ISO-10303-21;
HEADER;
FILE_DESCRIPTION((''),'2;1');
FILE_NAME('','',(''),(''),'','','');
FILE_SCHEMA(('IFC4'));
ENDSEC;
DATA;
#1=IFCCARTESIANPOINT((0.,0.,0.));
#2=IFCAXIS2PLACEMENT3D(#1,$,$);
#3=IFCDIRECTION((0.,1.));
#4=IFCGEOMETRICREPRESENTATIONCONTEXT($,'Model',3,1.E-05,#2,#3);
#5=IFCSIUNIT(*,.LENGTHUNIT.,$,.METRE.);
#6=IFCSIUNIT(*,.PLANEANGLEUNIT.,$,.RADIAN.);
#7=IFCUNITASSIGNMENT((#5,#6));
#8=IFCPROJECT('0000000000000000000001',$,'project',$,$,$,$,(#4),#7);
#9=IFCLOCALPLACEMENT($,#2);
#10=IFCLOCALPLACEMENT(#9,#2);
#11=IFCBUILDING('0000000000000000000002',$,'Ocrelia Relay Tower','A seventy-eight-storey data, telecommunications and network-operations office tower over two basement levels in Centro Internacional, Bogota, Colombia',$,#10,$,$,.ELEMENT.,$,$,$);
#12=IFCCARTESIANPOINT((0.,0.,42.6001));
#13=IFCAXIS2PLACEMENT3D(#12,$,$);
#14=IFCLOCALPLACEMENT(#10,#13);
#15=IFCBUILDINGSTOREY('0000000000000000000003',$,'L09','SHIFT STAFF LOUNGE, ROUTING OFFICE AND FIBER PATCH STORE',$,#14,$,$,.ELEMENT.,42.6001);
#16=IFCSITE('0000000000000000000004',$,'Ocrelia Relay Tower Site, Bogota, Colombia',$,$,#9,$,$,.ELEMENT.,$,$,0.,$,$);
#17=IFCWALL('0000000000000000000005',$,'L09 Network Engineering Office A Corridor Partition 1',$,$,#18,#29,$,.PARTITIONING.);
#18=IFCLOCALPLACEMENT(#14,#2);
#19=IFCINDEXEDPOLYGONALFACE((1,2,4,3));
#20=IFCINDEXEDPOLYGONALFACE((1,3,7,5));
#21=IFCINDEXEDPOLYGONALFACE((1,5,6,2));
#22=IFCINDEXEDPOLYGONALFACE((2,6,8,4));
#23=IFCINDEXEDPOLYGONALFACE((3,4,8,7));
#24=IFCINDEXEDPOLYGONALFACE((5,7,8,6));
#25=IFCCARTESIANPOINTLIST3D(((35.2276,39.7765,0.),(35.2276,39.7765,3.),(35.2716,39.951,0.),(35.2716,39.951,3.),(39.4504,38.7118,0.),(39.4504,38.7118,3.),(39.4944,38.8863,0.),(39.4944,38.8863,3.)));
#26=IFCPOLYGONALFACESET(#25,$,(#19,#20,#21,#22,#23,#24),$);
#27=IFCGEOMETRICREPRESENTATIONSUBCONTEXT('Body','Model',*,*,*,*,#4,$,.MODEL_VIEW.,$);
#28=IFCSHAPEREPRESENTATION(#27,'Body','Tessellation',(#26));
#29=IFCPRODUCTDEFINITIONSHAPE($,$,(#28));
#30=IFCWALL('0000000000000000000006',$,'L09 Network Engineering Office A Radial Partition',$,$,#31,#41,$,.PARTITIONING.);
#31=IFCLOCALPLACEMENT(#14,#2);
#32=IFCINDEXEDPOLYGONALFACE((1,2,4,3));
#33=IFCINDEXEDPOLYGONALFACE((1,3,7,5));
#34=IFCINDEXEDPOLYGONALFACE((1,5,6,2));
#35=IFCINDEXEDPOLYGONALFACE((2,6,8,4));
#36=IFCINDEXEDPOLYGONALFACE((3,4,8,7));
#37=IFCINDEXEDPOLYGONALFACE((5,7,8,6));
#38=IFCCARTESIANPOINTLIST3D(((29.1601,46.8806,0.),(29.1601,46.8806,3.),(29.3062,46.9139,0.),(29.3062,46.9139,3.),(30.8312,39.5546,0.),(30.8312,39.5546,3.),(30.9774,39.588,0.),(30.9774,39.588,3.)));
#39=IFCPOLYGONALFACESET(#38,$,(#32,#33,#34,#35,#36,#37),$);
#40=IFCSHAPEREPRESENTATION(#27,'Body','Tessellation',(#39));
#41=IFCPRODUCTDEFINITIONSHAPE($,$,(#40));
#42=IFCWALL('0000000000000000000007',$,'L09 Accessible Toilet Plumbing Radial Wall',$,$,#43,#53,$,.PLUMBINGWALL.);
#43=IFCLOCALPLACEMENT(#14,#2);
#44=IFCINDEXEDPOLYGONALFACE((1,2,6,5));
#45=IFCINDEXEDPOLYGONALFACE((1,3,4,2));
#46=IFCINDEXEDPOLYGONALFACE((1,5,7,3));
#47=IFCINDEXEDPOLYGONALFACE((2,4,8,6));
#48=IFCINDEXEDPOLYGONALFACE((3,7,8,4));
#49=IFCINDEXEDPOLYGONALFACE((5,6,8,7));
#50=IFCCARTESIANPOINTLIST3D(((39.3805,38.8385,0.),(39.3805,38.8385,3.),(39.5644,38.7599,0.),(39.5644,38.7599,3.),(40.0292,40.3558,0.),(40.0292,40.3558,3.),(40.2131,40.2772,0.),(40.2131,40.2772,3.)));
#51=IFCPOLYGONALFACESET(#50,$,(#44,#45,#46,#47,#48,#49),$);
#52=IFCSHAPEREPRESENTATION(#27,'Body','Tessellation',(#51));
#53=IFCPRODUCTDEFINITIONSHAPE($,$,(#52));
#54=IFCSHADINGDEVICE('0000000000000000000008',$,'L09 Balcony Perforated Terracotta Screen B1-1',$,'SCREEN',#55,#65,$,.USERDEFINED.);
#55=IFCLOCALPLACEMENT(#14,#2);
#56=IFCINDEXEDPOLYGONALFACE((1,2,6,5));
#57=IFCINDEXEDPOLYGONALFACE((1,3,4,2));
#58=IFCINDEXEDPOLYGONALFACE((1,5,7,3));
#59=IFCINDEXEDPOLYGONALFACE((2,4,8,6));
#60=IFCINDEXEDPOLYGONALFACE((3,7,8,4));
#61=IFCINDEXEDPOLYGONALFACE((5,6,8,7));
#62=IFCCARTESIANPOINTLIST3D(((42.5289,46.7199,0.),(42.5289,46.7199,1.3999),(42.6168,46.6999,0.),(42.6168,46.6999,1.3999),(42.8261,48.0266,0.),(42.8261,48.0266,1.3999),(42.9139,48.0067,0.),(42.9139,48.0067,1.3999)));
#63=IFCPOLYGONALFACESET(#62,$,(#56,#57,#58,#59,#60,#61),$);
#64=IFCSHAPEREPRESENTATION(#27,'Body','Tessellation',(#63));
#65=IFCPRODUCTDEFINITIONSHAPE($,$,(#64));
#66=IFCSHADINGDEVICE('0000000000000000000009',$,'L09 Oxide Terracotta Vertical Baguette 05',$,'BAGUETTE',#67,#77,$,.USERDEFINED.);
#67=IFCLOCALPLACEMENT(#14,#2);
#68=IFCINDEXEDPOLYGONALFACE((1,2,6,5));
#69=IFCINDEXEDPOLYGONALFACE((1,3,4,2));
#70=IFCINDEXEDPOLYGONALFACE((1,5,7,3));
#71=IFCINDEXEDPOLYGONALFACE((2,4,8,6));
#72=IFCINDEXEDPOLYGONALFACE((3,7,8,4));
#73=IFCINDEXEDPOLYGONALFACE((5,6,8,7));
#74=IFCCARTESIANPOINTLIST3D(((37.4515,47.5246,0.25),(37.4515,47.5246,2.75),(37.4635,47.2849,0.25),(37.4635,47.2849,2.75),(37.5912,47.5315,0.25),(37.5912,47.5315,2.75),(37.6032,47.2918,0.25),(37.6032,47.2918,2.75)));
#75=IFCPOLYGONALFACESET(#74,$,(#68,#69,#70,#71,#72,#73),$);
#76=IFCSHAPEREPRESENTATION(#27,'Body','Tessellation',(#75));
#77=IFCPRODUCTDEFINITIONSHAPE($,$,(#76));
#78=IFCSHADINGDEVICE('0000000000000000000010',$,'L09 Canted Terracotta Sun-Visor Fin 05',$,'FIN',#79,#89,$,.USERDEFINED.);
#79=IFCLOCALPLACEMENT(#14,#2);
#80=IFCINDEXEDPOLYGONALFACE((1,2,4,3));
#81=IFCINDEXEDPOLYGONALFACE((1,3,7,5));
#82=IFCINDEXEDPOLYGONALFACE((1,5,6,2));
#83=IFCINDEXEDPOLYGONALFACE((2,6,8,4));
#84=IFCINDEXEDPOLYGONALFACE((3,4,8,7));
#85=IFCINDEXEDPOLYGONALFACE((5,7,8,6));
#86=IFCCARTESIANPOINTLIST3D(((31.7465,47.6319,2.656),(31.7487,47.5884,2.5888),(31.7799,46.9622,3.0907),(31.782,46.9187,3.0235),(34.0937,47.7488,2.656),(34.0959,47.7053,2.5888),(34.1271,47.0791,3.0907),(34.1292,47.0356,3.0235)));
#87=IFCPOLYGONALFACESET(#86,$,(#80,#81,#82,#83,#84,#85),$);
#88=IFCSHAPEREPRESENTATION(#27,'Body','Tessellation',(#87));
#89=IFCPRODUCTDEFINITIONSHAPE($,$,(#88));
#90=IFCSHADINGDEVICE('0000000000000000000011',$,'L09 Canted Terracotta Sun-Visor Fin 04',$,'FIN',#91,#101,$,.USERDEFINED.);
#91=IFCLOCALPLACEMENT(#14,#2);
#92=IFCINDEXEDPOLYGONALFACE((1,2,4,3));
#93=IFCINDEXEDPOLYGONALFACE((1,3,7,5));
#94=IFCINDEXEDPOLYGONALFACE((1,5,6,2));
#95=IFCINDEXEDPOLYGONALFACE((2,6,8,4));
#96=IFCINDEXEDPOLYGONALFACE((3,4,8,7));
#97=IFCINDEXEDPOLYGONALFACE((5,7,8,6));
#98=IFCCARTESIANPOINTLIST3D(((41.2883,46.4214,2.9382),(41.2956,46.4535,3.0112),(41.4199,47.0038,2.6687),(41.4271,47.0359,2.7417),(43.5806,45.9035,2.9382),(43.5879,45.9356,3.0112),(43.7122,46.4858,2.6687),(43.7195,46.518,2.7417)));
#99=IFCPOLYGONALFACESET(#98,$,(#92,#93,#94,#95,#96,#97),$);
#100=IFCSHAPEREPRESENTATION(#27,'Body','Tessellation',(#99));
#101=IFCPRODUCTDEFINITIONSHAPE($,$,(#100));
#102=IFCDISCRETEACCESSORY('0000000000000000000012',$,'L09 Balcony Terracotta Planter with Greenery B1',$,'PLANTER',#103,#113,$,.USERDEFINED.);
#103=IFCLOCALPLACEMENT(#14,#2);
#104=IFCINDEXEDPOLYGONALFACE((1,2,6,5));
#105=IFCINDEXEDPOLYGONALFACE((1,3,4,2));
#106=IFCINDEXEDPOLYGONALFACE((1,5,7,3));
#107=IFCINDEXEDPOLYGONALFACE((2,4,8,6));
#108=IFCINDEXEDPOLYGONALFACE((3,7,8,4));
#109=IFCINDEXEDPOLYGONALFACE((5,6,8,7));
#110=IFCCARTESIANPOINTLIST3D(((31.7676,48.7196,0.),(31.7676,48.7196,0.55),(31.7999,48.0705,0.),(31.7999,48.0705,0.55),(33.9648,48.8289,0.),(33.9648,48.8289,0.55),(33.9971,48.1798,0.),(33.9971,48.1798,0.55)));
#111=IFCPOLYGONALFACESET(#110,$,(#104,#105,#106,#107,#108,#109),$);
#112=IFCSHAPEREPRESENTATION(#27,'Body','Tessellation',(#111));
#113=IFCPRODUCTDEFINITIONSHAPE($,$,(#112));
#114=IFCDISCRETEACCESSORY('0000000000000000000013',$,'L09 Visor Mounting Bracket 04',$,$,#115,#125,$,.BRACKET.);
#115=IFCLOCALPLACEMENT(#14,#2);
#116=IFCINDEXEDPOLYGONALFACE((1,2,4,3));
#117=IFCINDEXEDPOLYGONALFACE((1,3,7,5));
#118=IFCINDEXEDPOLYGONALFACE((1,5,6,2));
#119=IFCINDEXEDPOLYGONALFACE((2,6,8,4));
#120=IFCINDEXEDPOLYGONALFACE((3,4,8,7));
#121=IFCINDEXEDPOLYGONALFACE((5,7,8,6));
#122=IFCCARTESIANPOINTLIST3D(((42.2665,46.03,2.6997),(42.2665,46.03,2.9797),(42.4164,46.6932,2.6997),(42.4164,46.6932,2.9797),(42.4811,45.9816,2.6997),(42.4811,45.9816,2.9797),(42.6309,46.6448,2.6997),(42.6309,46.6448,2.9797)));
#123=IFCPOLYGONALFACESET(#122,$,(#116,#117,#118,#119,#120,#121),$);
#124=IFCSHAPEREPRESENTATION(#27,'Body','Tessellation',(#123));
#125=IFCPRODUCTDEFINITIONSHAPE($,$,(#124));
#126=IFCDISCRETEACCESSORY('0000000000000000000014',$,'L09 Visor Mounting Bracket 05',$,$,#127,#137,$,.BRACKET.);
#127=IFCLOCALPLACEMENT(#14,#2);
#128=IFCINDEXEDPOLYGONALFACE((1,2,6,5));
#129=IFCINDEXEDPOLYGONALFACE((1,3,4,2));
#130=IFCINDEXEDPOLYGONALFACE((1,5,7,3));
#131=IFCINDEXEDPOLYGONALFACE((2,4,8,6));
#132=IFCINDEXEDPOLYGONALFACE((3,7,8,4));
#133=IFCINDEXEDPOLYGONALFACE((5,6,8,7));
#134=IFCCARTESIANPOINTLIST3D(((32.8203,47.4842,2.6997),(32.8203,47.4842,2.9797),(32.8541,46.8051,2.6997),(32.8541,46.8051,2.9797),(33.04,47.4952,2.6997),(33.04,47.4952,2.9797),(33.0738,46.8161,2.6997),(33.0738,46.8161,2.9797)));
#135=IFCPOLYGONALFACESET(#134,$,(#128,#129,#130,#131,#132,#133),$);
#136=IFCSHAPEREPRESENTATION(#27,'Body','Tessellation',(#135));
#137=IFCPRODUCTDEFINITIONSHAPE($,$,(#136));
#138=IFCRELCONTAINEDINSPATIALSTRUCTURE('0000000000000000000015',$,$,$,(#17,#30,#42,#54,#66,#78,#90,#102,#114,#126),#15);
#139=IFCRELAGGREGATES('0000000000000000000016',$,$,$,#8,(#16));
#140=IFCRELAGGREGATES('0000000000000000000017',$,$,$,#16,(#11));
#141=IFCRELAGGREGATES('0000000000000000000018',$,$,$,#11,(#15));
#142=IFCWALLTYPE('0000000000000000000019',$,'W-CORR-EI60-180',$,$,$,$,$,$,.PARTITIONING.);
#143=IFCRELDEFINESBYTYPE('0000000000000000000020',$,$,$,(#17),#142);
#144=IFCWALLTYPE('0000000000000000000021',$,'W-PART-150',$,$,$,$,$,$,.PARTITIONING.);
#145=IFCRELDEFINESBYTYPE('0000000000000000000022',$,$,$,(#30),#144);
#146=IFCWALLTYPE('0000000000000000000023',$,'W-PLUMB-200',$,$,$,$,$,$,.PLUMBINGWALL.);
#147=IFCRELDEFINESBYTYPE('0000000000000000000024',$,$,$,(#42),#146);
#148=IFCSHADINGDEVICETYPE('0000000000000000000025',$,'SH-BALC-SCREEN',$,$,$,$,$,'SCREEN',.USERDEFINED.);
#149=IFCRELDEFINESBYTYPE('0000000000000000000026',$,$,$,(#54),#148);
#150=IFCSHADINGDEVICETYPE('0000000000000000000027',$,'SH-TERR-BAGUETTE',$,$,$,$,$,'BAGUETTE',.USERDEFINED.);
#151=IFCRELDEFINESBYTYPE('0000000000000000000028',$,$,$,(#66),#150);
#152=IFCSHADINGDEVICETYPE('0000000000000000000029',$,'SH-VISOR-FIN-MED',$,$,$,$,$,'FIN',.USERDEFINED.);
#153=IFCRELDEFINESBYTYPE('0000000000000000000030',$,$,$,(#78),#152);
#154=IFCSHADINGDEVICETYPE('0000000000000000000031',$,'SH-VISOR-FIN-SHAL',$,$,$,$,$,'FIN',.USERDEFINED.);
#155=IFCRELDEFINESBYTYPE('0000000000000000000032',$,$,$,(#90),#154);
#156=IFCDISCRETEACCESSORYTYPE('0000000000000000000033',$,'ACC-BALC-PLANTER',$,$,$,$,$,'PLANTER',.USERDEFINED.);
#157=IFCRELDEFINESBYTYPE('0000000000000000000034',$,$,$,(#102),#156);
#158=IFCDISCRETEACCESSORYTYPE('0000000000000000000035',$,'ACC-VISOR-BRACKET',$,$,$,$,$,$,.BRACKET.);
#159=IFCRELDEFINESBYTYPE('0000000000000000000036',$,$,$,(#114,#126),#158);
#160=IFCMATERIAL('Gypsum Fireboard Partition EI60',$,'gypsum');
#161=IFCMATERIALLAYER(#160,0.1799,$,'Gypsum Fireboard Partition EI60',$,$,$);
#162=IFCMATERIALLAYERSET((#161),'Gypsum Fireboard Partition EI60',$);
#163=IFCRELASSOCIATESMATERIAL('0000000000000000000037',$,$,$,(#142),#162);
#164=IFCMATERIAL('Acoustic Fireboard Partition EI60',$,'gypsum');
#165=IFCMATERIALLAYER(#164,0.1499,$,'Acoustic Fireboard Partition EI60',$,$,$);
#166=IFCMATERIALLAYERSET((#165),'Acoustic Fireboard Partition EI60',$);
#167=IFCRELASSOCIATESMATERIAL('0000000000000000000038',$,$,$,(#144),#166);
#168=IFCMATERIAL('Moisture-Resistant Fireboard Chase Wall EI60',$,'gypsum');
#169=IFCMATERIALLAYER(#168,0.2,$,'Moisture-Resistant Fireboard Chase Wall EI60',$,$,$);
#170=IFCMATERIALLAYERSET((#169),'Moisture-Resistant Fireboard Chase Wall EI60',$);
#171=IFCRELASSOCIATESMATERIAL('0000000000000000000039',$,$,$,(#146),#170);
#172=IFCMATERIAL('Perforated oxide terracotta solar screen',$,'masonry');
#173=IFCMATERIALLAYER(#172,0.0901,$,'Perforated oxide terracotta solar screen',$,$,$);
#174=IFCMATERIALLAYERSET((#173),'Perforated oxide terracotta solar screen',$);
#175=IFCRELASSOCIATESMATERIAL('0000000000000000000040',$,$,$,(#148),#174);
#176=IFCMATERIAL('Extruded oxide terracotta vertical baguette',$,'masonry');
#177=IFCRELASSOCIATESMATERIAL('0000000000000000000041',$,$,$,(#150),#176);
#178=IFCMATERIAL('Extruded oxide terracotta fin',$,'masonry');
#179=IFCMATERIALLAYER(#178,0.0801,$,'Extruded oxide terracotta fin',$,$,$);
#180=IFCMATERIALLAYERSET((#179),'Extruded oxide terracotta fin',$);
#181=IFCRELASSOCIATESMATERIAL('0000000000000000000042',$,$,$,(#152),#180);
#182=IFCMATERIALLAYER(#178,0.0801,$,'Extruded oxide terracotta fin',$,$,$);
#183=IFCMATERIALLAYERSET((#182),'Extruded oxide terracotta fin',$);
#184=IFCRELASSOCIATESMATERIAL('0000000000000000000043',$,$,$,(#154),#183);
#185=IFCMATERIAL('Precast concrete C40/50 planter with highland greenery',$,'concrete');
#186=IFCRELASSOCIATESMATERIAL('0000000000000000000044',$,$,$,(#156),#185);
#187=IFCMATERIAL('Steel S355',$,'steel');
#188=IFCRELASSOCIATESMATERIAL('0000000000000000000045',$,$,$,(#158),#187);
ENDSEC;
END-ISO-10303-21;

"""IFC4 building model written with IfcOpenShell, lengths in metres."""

from ifc_helpers import new_model, si_unit, direction, frame, frame_2d, origin, origin_2d, place, context, subcontext, project, spatial, rectangle, extrude, material, layer, layer_set, type_object, element, save


model = new_model("IFC4")

# Units and contexts
model_context = context("Model", 3, precision=1e-05, world=origin(), true_north=direction((0.0, 1.0)))
body_context = subcontext(model_context, "Body", "Model", "MODEL_VIEW")
ifc_project = project(units=[si_unit("LENGTHUNIT", "METRE"), si_unit("PLANEANGLEUNIT", "RADIAN")], contexts=[model_context])

# Site, building, storey
site_placement = place(None, origin())
site = spatial("IfcSite", under=ifc_project, at=site_placement, Name="Ocrelia Relay Tower Site, Bogota, Colombia", CompositionType="ELEMENT", RefElevation=0.0)
building_placement = place(site_placement, origin())
building = spatial("IfcBuilding", under=site, at=building_placement, Name="Ocrelia Relay Tower", Description="A seventy-eight-storey data, telecommunications and network-operations office tower over two basement levels in Centro Internacional, Bogota, Colombia", CompositionType="ELEMENT")
storey_placement = place(building_placement, frame((0.0, 0.0, 42.6001)))
storey = spatial("IfcBuildingStorey", under=building, at=storey_placement, Name="L09", Description="SHIFT STAFF LOUNGE, ROUTING OFFICE AND FIBER PATCH STORE", CompositionType="ELEMENT", Elevation=42.6001)

# Shared definitions
ifc_material_1 = material(Name="Steel S355", Category="steel")

# Wall
ifc_material_2 = material(Name="Gypsum Fireboard Partition EI60", Category="gypsum")
ifc_layer_1 = layer(ifc_material_2, 0.1799, Name="Gypsum Fireboard Partition EI60")
ifc_layer_set_1 = layer_set([ifc_layer_1], Name="Gypsum Fireboard Partition EI60")
wall_type_1 = type_object("IfcWallType", Name="W-CORR-EI60-180", PredefinedType="PARTITIONING", material=ifc_layer_set_1)
wall_1_placement = place(storey_placement, frame((39.4724, 38.7991, 0.0), z_axis=(0.0, 0.0, 1.0), x_axis=(-0.969656, 0.244474, 0.0)))
element("IfcWall", 1, at=wall_1_placement, inside=storey, type_object=wall_type_1, Name="L09 Network Engineering Office A Corridor Partition 1", PredefinedType="PARTITIONING", context=body_context, shape_type="SweptSolid", body=[
    extrude(rectangle(XDim=4.355, YDim=0.1799, at=frame_2d((2.1775, 0.0))), origin(), (0.0, 0.0, 1.0), 3.0),
])

# Walls
ifc_material_3 = material(Name="Acoustic Fireboard Partition EI60", Category="gypsum")
ifc_layer_2 = layer(ifc_material_3, 0.1499, Name="Acoustic Fireboard Partition EI60")
ifc_layer_set_2 = layer_set([ifc_layer_2], Name="Acoustic Fireboard Partition EI60")
wall_type_2 = type_object("IfcWallType", Name="W-PART-150", PredefinedType="PARTITIONING", material=ifc_layer_set_2)
wall_2_placement = place(storey_placement, frame((30.9043, 39.5713, 0.0), z_axis=(0.0, 0.0, 1.0), x_axis=(-0.2224, 0.974955, 0.0)))
element("IfcWall", 2, at=wall_2_placement, inside=storey, type_object=wall_type_2, Name="L09 Network Engineering Office A Radial Partition", PredefinedType="PARTITIONING", context=body_context, shape_type="SweptSolid", body=[
    extrude(rectangle(XDim=7.5142, YDim=0.1499, at=frame_2d((3.7571, 0.0))), origin(), (0.0, 0.0, 1.0), 3.0),
])
ifc_material_4 = material(Name="Moisture-Resistant Fireboard Chase Wall EI60", Category="gypsum")
ifc_layer_3 = layer(ifc_material_4, 0.2, Name="Moisture-Resistant Fireboard Chase Wall EI60")
ifc_layer_set_3 = layer_set([ifc_layer_3], Name="Moisture-Resistant Fireboard Chase Wall EI60")
wall_type_3 = type_object("IfcWallType", Name="W-PLUMB-200", PredefinedType="PLUMBINGWALL", material=ifc_layer_set_3)
wall_3_placement = place(storey_placement, frame((39.4724, 38.7991, 0.0), z_axis=(0.0, 0.0, 1.0), x_axis=(0.393098, 0.919497, 0.0)))
element("IfcWall", 3, at=wall_3_placement, inside=storey, type_object=wall_type_3, Name="L09 Accessible Toilet Plumbing Radial Wall", PredefinedType="PLUMBINGWALL", context=body_context, shape_type="SweptSolid", body=[
    extrude(rectangle(XDim=1.6501, YDim=0.2, at=frame_2d((0.8252, 0.0))), origin(), (0.0, 0.0, 1.0), 3.0),
])

# Shading devices
ifc_material_5 = material(Name="Perforated oxide terracotta solar screen", Category="masonry")
ifc_layer_4 = layer(ifc_material_5, 0.0901, Name="Perforated oxide terracotta solar screen")
ifc_layer_set_4 = layer_set([ifc_layer_4], Name="Perforated oxide terracotta solar screen")
shading_device_type_1 = type_object("IfcShadingDeviceType", Name="SH-BALC-SCREEN", ElementType="SCREEN", PredefinedType="USERDEFINED", material=ifc_layer_set_4)
shading_device_1_placement = place(storey_placement, frame((42.7214, 47.3633, 0.0), z_axis=(0.0, 0.0, 1.0), x_axis=(0.221745, 0.975105, 0.0)))
element("IfcShadingDevice", 4, at=shading_device_1_placement, inside=storey, type_object=shading_device_type_1, Name="L09 Balcony Perforated Terracotta Screen B1-1", ObjectType="SCREEN", PredefinedType="USERDEFINED", context=body_context, shape_type="SweptSolid", body=[
    extrude(rectangle(XDim=1.3401, YDim=0.0901, at=origin_2d()), origin(), (0.0, 0.0, 1.0), 1.3999),
])
ifc_material_6 = material(Name="Extruded oxide terracotta vertical baguette", Category="masonry")
shading_device_type_2 = type_object("IfcShadingDeviceType", Name="SH-TERR-BAGUETTE", ElementType="BAGUETTE", PredefinedType="USERDEFINED", material=ifc_material_6)
shading_device_2_placement = place(storey_placement, frame((37.5273, 47.4082, 0.25), z_axis=(0.0, 0.0, 1.0), x_axis=(-0.998763, -0.049726, 0.0)))
element("IfcShadingDevice", 5, at=shading_device_2_placement, inside=storey, type_object=shading_device_type_2, Name="L09 Oxide Terracotta Vertical Baguette 05", ObjectType="BAGUETTE", PredefinedType="USERDEFINED", context=body_context, shape_type="SweptSolid", body=[
    extrude(rectangle(XDim=0.1399, YDim=0.24, at=origin_2d()), origin(), (0.0, 0.0, 1.0), 2.5),
])
ifc_material_7 = material(Name="Extruded oxide terracotta fin", Category="masonry")
ifc_layer_5 = layer(ifc_material_7, 0.0801, Name="Extruded oxide terracotta fin")
ifc_layer_set_5 = layer_set([ifc_layer_5], Name="Extruded oxide terracotta fin")
shading_device_type_3 = type_object("IfcShadingDeviceType", Name="SH-VISOR-FIN-MED", ElementType="FIN", PredefinedType="USERDEFINED", material=ifc_layer_set_5)
shading_device_3_placement = place(storey_placement, frame((32.939, 47.312, 2.8062), z_axis=(-0.027046, 0.543234, 0.839146), x_axis=(-0.998763, -0.049726, 0.0)))
element("IfcShadingDevice", 6, at=shading_device_3_placement, inside=storey, type_object=shading_device_type_3, Name="L09 Canted Terracotta Sun-Visor Fin 05", ObjectType="FIN", PredefinedType="USERDEFINED", context=body_context, shape_type="SweptSolid", body=[
    extrude(rectangle(XDim=2.3501, YDim=0.7991, at=origin_2d()), origin(), (0.0, 0.0, 1.0), 0.0801),
])
ifc_layer_6 = layer(ifc_material_7, 0.0801, Name="Extruded oxide terracotta fin")
ifc_layer_set_6 = layer_set([ifc_layer_6], Name="Extruded oxide terracotta fin")
shading_device_type_4 = type_object("IfcShadingDeviceType", Name="SH-VISOR-FIN-SHAL", ElementType="FIN", PredefinedType="USERDEFINED", material=ifc_layer_set_6)
shading_device_4_placement = place(storey_placement, frame((42.5002, 46.4536, 2.8035), z_axis=(0.090659, 0.401241, 0.911475), x_axis=(-0.975411, 0.220392, 0.0)))
element("IfcShadingDevice", 7, at=shading_device_4_placement, inside=storey, type_object=shading_device_type_4, Name="L09 Canted Terracotta Sun-Visor Fin 04", ObjectType="FIN", PredefinedType="USERDEFINED", context=body_context, shape_type="SweptSolid", body=[
    extrude(rectangle(XDim=2.3501, YDim=0.655, at=origin_2d()), origin(), (0.0, 0.0, 1.0), 0.0801),
])

# Discrete accessories
ifc_material_8 = material(Name="Precast concrete C40/50 planter with highland greenery", Category="concrete")
discrete_accessory_type_1 = type_object("IfcDiscreteAccessoryType", Name="ACC-BALC-PLANTER", ElementType="PLANTER", PredefinedType="USERDEFINED", material=ifc_material_8)
discrete_accessory_placement = place(storey_placement, frame((32.8823, 48.4497, 0.0), z_axis=(0.0, 0.0, 1.0), x_axis=(0.998763, 0.049716, 0.0)))
element("IfcDiscreteAccessory", 8, at=discrete_accessory_placement, inside=storey, type_object=discrete_accessory_type_1, Name="L09 Balcony Terracotta Planter with Greenery B1", ObjectType="PLANTER", PredefinedType="USERDEFINED", context=body_context, shape_type="SweptSolid", body=[
    extrude(rectangle(XDim=2.2, YDim=0.6499, at=origin_2d()), origin(), (0.0, 0.0, 1.0), 0.55),
])
discrete_accessory_type_2 = type_object("IfcDiscreteAccessoryType", Name="ACC-VISOR-BRACKET", PredefinedType="BRACKET", material=ifc_material_1)
for number, where, z_axis, x_axis, name in (
    (9, (42.4487, 46.3374, 2.6997), (0.0, 0.0, 1.0), (-0.975411, 0.220392, 0.0), "L09 Visor Mounting Bracket 04"),
    (10, (32.947, 47.1501, 2.6997), (0.0, 0.0, 1.0), (-0.998763, -0.049726, 0.0), "L09 Visor Mounting Bracket 05"),
):
    element("IfcDiscreteAccessory", number, at=place(storey_placement, frame(where, z_axis=z_axis, x_axis=x_axis)), inside=storey, type_object=discrete_accessory_type_2, Name=name, PredefinedType="BRACKET", context=body_context, shape_type="SweptSolid", body=[
        extrude(rectangle(XDim=0.22, YDim=0.6799, at=origin_2d()), origin(), (0.0, 0.0, 1.0), 0.28),
    ])

save(model, "model.ifc")
